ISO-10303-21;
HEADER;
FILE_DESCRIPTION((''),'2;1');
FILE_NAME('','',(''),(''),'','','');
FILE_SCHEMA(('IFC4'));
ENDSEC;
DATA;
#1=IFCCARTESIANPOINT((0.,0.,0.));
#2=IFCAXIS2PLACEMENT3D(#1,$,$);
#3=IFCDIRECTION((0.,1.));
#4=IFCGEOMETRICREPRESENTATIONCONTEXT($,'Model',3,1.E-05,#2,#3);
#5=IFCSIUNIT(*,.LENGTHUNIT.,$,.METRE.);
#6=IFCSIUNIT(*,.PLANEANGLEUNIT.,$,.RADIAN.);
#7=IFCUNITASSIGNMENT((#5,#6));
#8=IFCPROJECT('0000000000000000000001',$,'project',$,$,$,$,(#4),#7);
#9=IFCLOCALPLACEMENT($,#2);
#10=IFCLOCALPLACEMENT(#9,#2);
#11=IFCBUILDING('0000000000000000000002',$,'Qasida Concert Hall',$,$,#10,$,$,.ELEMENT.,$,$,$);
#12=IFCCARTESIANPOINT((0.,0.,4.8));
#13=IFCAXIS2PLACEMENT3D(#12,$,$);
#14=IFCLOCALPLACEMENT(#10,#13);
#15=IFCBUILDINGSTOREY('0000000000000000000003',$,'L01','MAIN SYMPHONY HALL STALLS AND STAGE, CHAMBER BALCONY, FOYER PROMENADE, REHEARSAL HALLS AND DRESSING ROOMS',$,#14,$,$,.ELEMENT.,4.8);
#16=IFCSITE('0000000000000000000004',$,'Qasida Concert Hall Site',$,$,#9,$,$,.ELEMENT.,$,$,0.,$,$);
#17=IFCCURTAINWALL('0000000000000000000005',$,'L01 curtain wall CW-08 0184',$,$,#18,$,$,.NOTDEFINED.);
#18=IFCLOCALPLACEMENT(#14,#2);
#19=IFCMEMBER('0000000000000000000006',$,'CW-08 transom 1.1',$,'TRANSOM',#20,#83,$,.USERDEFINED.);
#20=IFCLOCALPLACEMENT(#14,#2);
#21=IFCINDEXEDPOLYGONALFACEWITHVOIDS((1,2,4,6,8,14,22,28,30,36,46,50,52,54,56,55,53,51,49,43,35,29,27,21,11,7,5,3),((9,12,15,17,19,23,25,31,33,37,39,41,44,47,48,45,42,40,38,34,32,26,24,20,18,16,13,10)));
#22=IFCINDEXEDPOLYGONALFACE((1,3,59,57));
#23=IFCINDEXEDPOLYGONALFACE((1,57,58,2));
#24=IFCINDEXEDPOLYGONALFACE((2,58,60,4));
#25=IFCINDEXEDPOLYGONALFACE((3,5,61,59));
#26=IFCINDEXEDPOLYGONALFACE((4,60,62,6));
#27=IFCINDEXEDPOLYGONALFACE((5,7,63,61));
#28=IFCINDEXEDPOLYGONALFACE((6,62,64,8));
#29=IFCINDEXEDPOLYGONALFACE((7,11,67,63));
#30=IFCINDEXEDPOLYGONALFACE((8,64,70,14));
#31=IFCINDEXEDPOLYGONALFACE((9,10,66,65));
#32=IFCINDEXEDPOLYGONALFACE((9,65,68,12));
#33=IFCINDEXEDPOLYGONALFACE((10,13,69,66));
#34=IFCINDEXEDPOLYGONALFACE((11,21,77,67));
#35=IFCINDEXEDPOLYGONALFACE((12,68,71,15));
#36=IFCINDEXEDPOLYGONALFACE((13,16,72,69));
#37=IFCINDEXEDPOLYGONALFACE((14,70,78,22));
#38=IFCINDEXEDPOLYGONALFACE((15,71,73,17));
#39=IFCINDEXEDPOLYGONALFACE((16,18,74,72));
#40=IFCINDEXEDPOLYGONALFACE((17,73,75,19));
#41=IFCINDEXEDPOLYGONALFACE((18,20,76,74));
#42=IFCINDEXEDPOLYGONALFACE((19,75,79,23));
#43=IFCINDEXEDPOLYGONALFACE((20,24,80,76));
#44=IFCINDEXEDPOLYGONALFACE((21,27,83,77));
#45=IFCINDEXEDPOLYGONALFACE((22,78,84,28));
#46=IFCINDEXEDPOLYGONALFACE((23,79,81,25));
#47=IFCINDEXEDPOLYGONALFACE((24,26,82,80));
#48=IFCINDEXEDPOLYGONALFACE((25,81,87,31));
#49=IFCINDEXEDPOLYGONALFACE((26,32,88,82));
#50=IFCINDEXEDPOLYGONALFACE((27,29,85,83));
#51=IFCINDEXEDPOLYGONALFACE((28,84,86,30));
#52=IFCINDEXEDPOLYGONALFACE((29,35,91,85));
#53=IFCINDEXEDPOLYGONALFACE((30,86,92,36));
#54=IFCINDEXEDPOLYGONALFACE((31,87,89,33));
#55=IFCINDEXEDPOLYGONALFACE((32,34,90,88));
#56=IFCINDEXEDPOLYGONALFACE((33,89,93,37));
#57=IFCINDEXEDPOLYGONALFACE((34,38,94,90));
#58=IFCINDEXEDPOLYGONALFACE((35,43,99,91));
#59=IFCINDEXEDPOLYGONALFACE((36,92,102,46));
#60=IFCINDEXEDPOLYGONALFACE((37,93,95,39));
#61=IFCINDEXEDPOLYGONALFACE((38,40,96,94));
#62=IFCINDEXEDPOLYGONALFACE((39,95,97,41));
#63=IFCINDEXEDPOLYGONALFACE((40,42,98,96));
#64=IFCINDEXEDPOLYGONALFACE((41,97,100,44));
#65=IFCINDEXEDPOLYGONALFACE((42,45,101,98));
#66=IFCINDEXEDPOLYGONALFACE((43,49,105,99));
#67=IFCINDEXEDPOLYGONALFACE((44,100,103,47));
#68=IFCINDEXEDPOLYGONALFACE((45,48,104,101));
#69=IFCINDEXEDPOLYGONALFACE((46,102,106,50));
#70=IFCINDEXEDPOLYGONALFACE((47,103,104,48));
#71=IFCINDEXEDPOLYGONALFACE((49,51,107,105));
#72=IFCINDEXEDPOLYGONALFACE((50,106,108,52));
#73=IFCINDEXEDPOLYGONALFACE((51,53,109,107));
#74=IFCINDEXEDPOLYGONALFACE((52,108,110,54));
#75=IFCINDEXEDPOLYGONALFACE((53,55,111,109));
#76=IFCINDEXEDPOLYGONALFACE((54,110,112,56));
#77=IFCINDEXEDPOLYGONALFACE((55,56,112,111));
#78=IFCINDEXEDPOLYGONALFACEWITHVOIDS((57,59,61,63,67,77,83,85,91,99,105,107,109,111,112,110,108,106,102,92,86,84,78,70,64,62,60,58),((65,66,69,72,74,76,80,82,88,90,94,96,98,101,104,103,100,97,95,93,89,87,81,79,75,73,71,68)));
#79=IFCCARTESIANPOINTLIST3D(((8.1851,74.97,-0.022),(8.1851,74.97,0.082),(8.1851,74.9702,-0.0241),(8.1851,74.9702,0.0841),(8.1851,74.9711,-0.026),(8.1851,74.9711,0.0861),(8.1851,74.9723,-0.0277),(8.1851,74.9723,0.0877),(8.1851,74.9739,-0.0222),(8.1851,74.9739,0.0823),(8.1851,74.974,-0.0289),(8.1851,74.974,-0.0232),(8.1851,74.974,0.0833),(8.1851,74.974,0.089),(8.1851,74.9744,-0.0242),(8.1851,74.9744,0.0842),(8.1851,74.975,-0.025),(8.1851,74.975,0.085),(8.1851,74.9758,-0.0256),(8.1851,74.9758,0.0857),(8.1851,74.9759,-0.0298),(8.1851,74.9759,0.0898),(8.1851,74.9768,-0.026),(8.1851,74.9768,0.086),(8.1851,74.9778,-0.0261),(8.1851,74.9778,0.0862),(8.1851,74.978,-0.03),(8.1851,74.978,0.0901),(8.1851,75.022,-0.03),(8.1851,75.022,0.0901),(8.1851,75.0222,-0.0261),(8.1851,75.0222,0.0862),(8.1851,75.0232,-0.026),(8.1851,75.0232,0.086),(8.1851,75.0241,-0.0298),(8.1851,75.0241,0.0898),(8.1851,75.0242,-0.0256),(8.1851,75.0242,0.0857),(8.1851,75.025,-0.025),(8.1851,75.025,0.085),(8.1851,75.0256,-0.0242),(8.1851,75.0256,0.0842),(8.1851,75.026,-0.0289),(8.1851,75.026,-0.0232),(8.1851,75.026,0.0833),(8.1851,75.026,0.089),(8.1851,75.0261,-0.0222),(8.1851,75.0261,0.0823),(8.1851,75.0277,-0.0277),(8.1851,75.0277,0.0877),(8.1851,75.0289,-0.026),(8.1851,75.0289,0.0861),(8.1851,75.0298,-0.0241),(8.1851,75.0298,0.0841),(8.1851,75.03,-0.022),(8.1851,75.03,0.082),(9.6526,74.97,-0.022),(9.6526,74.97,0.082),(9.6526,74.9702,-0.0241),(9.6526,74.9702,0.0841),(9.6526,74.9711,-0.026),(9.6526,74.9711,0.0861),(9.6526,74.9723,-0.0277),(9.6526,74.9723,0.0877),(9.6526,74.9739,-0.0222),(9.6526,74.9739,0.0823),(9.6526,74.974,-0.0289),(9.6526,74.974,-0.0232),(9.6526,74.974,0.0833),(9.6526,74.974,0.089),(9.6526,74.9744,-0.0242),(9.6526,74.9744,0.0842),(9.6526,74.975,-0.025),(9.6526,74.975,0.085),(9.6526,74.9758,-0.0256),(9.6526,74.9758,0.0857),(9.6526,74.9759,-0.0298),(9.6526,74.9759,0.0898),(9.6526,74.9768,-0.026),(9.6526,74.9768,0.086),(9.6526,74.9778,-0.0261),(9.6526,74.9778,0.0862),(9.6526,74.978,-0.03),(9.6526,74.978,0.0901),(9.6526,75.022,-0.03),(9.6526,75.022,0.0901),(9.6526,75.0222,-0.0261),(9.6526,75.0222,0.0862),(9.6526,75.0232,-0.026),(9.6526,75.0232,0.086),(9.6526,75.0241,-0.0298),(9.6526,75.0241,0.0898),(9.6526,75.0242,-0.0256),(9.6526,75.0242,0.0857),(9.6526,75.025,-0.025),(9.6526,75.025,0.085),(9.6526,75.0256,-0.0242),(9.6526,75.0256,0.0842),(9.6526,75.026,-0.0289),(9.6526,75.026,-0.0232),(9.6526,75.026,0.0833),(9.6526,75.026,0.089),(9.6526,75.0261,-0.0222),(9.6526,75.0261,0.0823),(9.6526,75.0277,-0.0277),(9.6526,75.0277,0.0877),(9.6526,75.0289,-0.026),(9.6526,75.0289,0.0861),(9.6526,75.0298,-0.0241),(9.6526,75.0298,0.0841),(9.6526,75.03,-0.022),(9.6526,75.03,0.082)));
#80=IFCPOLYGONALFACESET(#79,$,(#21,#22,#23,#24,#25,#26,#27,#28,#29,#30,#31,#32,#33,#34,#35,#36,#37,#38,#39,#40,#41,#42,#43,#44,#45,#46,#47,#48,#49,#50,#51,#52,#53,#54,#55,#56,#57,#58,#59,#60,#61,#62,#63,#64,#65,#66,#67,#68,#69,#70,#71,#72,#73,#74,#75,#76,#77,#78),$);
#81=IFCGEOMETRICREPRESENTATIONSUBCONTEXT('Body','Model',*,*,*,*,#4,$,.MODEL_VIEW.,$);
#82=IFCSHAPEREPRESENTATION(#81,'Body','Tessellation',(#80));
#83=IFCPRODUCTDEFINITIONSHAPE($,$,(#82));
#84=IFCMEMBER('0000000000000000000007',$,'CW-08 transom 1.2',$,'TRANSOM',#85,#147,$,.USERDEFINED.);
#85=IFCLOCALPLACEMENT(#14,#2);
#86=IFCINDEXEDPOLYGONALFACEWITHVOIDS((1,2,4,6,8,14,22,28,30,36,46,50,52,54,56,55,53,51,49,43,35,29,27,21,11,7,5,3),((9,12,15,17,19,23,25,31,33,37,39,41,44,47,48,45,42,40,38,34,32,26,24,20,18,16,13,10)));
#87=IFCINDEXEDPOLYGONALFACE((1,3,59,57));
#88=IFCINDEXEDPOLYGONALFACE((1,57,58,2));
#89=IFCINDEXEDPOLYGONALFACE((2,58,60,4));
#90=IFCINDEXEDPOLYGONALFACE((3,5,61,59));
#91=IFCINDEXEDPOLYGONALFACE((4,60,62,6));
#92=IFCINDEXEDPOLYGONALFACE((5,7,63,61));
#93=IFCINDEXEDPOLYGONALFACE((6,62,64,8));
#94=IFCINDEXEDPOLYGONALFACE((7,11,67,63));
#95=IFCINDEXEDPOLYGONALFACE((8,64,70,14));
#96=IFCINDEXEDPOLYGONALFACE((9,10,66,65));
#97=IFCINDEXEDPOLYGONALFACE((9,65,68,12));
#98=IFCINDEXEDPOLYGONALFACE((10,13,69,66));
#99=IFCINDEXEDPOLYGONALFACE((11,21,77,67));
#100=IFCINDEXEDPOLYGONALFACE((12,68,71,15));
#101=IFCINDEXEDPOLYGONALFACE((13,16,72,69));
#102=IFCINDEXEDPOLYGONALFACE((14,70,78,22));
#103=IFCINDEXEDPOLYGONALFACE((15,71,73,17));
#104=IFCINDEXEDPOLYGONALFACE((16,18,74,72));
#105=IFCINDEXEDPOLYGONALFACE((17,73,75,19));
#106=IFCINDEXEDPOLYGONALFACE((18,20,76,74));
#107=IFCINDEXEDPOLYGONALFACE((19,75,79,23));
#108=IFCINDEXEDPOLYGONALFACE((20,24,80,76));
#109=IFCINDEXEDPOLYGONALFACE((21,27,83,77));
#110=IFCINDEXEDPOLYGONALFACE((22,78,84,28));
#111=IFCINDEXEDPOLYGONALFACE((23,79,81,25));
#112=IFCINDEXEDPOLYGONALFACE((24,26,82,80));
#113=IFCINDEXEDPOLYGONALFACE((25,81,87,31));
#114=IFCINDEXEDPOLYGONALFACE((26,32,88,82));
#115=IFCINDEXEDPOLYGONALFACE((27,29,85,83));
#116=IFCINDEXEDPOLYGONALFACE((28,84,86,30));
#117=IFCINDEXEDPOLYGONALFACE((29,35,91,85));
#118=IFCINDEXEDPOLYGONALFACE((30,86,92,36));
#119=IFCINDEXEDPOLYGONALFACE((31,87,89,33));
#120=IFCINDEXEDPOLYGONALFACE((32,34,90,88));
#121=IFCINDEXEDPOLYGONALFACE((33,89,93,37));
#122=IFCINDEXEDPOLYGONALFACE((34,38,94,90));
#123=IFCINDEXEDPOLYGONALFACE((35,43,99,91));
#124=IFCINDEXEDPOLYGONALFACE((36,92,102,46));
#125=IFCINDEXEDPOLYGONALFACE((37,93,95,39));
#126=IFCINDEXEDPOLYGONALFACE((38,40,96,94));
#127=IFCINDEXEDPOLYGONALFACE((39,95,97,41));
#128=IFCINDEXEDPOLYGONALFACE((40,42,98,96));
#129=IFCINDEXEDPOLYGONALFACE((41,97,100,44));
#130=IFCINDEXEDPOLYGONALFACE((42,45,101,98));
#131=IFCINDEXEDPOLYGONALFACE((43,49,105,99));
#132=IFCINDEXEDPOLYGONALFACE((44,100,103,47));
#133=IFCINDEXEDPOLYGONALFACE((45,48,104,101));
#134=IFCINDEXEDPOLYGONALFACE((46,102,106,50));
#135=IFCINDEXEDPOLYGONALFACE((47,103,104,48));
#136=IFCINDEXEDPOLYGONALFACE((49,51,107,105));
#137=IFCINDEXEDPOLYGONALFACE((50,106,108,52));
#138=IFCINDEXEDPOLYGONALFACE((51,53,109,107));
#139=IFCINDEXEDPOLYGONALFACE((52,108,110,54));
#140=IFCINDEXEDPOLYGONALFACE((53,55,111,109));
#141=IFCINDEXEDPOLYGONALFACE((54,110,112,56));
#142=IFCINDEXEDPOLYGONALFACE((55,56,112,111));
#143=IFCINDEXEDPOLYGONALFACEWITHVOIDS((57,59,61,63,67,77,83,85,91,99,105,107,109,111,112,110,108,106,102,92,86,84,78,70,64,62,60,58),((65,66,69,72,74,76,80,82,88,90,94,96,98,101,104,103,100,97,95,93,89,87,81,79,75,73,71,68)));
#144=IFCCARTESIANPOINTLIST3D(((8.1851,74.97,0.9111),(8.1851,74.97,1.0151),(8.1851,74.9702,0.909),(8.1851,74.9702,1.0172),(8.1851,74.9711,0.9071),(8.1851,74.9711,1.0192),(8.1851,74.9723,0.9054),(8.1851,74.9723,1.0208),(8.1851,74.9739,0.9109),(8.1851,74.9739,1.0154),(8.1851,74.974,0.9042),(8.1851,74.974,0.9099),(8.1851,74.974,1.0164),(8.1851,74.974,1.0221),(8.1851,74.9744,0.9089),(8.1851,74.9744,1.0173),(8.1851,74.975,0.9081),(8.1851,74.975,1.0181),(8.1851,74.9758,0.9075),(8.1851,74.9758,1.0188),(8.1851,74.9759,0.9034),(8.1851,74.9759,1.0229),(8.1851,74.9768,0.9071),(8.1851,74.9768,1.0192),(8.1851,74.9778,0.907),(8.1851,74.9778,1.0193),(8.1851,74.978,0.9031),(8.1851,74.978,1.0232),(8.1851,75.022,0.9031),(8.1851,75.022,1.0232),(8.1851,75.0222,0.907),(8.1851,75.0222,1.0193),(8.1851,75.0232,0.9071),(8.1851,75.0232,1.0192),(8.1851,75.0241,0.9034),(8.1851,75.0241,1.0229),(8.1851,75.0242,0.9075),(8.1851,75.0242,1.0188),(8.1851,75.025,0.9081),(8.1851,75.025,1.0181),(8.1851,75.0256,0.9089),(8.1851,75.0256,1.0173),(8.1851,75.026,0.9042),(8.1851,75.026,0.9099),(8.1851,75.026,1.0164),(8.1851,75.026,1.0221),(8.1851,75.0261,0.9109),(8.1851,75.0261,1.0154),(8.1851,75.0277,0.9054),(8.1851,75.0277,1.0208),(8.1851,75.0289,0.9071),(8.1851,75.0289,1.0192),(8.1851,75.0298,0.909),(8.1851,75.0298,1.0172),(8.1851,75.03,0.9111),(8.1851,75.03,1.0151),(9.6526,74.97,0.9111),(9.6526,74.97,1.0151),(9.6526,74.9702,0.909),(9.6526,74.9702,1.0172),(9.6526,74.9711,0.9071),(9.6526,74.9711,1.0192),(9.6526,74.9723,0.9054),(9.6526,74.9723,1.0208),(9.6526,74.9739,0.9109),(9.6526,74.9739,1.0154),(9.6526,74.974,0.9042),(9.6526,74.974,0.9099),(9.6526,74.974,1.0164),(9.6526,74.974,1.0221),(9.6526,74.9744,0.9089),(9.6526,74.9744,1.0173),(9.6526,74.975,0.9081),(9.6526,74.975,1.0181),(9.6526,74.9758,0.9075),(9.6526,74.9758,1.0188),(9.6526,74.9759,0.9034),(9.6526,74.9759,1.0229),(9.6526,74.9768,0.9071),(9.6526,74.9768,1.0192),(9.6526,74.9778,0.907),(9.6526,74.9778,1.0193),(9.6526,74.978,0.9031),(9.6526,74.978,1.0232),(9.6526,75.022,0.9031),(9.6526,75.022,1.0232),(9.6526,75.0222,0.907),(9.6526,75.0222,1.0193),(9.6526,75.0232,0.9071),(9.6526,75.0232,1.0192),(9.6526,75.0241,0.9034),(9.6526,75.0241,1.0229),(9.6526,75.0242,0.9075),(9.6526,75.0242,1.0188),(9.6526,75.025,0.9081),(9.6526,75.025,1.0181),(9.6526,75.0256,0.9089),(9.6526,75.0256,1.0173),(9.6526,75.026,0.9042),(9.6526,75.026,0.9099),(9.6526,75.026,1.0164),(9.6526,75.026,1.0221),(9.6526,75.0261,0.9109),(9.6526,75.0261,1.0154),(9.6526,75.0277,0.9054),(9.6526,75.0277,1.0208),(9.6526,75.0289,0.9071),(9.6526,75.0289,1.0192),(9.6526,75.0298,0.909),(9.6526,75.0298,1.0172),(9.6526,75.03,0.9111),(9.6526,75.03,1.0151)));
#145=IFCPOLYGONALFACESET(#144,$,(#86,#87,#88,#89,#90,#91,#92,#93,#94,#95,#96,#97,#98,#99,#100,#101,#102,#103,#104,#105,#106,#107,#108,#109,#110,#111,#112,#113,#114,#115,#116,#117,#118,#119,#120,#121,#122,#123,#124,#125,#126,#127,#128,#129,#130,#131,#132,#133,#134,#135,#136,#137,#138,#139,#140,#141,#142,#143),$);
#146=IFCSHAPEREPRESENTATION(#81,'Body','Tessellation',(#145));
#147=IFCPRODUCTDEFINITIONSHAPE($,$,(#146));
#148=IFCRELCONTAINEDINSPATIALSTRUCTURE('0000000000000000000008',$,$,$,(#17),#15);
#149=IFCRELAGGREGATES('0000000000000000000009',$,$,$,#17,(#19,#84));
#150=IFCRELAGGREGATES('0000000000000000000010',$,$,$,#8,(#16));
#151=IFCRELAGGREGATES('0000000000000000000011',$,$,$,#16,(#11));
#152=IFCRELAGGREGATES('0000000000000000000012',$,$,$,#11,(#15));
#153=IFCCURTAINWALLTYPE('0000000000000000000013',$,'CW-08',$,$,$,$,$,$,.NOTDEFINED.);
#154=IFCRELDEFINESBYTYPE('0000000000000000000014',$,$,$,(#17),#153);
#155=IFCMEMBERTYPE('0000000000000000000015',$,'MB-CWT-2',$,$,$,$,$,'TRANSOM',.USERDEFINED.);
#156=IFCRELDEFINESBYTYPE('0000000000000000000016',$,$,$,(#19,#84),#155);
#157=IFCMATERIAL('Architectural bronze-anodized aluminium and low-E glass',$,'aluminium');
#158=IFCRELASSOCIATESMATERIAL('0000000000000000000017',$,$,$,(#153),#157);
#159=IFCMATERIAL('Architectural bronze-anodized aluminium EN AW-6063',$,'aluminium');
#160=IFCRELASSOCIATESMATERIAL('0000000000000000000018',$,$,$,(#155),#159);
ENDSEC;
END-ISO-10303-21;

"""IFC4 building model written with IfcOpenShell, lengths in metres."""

from ifc_helpers import new_model, si_unit, direction, frame, origin, origin_2d, place, context, subcontext, project, spatial, hollow_rectangle, extrude, material, material_profile, profile_set, type_object, element, aggregate, save


model = new_model("IFC4")

# Units and contexts
model_context = context("Model", 3, precision=1e-05, world=origin(), true_north=direction((0.0, 1.0)))
body_context = subcontext(model_context, "Body", "Model", "MODEL_VIEW")
ifc_project = project(units=[si_unit("LENGTHUNIT", "METRE"), si_unit("PLANEANGLEUNIT", "RADIAN")], contexts=[model_context])

# Site, building, storey
site_placement = place(None, origin())
site = spatial("IfcSite", under=ifc_project, at=site_placement, Name="Qasida Concert Hall Site", CompositionType="ELEMENT", RefElevation=0.0)
building_placement = place(site_placement, origin())
building = spatial("IfcBuilding", under=site, at=building_placement, Name="Qasida Concert Hall", CompositionType="ELEMENT")
storey_placement = place(building_placement, frame((0.0, 0.0, 4.8)))
storey = spatial("IfcBuildingStorey", under=building, at=storey_placement, Name="L01", Description="MAIN SYMPHONY HALL STALLS AND STAGE, CHAMBER BALCONY, FOYER PROMENADE, REHEARSAL HALLS AND DRESSING ROOMS", CompositionType="ELEMENT", Elevation=4.8)

# Curtain wall
ifc_material_1 = material(Name="Architectural bronze-anodized aluminium and low-E glass", Category="aluminium")
ifc_material_2 = material(Name="Architectural bronze-anodized aluminium EN AW-6063", Category="aluminium")
curtain_wall_type_1 = type_object("IfcCurtainWallType", Name="CW-08", PredefinedType="NOTDEFINED", material=ifc_material_1)
curtain_wall_1_placement = place(storey_placement, origin())
curtain_wall_1 = element("IfcCurtainWall", 1, at=curtain_wall_1_placement, inside=storey, type_object=curtain_wall_type_1, Name="L01 curtain wall CW-08 0184", PredefinedType="NOTDEFINED")

# Members
ifc_material_profile_1 = material_profile(ifc_material_2, hollow_rectangle(XDim=0.0601, YDim=0.1201, WallThickness=0.0039, InnerFilletRadius=0.0039, OuterFilletRadius=0.0081, at=origin_2d()), Name="CWT 120x60x4")
ifc_profile_set_1 = profile_set([ifc_material_profile_1], Name="Architectural bronze-anodized aluminium EN AW-6063")
member_type_1 = type_object("IfcMemberType", Name="MB-CWT-2", ElementType="TRANSOM", PredefinedType="USERDEFINED", material=ifc_profile_set_1)
member_1_placement = place(storey_placement, frame((8.1851, 75.0, 0.03), z_axis=(1.0, 0.0, 0.0), x_axis=(0.0, 1.0, 0.0)))
member_1 = element("IfcMember", 2, at=member_1_placement, type_object=member_type_1, Name="CW-08 transom 1.1", ObjectType="TRANSOM", PredefinedType="USERDEFINED", context=body_context, shape_type="SweptSolid", body=[
    extrude(hollow_rectangle(XDim=0.0601, YDim=0.1201, WallThickness=0.0039, InnerFilletRadius=0.0039, OuterFilletRadius=0.0081, at=origin_2d()), origin(), (0.0, 0.0, 1.0), 1.4675),
])
member_2_placement = place(storey_placement, frame((8.1851, 75.0, 0.9631), z_axis=(1.0, 0.0, 0.0), x_axis=(0.0, 1.0, 0.0)))
member_2 = element("IfcMember", 3, at=member_2_placement, type_object=member_type_1, Name="CW-08 transom 1.2", ObjectType="TRANSOM", PredefinedType="USERDEFINED", context=body_context, shape_type="SweptSolid", body=[
    extrude(hollow_rectangle(XDim=0.0601, YDim=0.1201, WallThickness=0.0039, InnerFilletRadius=0.0039, OuterFilletRadius=0.0081, at=origin_2d()), origin(), (0.0, 0.0, 1.0), 1.4675),
])

aggregate(curtain_wall_1, [member_1, member_2])

save(model, "model.ifc")
